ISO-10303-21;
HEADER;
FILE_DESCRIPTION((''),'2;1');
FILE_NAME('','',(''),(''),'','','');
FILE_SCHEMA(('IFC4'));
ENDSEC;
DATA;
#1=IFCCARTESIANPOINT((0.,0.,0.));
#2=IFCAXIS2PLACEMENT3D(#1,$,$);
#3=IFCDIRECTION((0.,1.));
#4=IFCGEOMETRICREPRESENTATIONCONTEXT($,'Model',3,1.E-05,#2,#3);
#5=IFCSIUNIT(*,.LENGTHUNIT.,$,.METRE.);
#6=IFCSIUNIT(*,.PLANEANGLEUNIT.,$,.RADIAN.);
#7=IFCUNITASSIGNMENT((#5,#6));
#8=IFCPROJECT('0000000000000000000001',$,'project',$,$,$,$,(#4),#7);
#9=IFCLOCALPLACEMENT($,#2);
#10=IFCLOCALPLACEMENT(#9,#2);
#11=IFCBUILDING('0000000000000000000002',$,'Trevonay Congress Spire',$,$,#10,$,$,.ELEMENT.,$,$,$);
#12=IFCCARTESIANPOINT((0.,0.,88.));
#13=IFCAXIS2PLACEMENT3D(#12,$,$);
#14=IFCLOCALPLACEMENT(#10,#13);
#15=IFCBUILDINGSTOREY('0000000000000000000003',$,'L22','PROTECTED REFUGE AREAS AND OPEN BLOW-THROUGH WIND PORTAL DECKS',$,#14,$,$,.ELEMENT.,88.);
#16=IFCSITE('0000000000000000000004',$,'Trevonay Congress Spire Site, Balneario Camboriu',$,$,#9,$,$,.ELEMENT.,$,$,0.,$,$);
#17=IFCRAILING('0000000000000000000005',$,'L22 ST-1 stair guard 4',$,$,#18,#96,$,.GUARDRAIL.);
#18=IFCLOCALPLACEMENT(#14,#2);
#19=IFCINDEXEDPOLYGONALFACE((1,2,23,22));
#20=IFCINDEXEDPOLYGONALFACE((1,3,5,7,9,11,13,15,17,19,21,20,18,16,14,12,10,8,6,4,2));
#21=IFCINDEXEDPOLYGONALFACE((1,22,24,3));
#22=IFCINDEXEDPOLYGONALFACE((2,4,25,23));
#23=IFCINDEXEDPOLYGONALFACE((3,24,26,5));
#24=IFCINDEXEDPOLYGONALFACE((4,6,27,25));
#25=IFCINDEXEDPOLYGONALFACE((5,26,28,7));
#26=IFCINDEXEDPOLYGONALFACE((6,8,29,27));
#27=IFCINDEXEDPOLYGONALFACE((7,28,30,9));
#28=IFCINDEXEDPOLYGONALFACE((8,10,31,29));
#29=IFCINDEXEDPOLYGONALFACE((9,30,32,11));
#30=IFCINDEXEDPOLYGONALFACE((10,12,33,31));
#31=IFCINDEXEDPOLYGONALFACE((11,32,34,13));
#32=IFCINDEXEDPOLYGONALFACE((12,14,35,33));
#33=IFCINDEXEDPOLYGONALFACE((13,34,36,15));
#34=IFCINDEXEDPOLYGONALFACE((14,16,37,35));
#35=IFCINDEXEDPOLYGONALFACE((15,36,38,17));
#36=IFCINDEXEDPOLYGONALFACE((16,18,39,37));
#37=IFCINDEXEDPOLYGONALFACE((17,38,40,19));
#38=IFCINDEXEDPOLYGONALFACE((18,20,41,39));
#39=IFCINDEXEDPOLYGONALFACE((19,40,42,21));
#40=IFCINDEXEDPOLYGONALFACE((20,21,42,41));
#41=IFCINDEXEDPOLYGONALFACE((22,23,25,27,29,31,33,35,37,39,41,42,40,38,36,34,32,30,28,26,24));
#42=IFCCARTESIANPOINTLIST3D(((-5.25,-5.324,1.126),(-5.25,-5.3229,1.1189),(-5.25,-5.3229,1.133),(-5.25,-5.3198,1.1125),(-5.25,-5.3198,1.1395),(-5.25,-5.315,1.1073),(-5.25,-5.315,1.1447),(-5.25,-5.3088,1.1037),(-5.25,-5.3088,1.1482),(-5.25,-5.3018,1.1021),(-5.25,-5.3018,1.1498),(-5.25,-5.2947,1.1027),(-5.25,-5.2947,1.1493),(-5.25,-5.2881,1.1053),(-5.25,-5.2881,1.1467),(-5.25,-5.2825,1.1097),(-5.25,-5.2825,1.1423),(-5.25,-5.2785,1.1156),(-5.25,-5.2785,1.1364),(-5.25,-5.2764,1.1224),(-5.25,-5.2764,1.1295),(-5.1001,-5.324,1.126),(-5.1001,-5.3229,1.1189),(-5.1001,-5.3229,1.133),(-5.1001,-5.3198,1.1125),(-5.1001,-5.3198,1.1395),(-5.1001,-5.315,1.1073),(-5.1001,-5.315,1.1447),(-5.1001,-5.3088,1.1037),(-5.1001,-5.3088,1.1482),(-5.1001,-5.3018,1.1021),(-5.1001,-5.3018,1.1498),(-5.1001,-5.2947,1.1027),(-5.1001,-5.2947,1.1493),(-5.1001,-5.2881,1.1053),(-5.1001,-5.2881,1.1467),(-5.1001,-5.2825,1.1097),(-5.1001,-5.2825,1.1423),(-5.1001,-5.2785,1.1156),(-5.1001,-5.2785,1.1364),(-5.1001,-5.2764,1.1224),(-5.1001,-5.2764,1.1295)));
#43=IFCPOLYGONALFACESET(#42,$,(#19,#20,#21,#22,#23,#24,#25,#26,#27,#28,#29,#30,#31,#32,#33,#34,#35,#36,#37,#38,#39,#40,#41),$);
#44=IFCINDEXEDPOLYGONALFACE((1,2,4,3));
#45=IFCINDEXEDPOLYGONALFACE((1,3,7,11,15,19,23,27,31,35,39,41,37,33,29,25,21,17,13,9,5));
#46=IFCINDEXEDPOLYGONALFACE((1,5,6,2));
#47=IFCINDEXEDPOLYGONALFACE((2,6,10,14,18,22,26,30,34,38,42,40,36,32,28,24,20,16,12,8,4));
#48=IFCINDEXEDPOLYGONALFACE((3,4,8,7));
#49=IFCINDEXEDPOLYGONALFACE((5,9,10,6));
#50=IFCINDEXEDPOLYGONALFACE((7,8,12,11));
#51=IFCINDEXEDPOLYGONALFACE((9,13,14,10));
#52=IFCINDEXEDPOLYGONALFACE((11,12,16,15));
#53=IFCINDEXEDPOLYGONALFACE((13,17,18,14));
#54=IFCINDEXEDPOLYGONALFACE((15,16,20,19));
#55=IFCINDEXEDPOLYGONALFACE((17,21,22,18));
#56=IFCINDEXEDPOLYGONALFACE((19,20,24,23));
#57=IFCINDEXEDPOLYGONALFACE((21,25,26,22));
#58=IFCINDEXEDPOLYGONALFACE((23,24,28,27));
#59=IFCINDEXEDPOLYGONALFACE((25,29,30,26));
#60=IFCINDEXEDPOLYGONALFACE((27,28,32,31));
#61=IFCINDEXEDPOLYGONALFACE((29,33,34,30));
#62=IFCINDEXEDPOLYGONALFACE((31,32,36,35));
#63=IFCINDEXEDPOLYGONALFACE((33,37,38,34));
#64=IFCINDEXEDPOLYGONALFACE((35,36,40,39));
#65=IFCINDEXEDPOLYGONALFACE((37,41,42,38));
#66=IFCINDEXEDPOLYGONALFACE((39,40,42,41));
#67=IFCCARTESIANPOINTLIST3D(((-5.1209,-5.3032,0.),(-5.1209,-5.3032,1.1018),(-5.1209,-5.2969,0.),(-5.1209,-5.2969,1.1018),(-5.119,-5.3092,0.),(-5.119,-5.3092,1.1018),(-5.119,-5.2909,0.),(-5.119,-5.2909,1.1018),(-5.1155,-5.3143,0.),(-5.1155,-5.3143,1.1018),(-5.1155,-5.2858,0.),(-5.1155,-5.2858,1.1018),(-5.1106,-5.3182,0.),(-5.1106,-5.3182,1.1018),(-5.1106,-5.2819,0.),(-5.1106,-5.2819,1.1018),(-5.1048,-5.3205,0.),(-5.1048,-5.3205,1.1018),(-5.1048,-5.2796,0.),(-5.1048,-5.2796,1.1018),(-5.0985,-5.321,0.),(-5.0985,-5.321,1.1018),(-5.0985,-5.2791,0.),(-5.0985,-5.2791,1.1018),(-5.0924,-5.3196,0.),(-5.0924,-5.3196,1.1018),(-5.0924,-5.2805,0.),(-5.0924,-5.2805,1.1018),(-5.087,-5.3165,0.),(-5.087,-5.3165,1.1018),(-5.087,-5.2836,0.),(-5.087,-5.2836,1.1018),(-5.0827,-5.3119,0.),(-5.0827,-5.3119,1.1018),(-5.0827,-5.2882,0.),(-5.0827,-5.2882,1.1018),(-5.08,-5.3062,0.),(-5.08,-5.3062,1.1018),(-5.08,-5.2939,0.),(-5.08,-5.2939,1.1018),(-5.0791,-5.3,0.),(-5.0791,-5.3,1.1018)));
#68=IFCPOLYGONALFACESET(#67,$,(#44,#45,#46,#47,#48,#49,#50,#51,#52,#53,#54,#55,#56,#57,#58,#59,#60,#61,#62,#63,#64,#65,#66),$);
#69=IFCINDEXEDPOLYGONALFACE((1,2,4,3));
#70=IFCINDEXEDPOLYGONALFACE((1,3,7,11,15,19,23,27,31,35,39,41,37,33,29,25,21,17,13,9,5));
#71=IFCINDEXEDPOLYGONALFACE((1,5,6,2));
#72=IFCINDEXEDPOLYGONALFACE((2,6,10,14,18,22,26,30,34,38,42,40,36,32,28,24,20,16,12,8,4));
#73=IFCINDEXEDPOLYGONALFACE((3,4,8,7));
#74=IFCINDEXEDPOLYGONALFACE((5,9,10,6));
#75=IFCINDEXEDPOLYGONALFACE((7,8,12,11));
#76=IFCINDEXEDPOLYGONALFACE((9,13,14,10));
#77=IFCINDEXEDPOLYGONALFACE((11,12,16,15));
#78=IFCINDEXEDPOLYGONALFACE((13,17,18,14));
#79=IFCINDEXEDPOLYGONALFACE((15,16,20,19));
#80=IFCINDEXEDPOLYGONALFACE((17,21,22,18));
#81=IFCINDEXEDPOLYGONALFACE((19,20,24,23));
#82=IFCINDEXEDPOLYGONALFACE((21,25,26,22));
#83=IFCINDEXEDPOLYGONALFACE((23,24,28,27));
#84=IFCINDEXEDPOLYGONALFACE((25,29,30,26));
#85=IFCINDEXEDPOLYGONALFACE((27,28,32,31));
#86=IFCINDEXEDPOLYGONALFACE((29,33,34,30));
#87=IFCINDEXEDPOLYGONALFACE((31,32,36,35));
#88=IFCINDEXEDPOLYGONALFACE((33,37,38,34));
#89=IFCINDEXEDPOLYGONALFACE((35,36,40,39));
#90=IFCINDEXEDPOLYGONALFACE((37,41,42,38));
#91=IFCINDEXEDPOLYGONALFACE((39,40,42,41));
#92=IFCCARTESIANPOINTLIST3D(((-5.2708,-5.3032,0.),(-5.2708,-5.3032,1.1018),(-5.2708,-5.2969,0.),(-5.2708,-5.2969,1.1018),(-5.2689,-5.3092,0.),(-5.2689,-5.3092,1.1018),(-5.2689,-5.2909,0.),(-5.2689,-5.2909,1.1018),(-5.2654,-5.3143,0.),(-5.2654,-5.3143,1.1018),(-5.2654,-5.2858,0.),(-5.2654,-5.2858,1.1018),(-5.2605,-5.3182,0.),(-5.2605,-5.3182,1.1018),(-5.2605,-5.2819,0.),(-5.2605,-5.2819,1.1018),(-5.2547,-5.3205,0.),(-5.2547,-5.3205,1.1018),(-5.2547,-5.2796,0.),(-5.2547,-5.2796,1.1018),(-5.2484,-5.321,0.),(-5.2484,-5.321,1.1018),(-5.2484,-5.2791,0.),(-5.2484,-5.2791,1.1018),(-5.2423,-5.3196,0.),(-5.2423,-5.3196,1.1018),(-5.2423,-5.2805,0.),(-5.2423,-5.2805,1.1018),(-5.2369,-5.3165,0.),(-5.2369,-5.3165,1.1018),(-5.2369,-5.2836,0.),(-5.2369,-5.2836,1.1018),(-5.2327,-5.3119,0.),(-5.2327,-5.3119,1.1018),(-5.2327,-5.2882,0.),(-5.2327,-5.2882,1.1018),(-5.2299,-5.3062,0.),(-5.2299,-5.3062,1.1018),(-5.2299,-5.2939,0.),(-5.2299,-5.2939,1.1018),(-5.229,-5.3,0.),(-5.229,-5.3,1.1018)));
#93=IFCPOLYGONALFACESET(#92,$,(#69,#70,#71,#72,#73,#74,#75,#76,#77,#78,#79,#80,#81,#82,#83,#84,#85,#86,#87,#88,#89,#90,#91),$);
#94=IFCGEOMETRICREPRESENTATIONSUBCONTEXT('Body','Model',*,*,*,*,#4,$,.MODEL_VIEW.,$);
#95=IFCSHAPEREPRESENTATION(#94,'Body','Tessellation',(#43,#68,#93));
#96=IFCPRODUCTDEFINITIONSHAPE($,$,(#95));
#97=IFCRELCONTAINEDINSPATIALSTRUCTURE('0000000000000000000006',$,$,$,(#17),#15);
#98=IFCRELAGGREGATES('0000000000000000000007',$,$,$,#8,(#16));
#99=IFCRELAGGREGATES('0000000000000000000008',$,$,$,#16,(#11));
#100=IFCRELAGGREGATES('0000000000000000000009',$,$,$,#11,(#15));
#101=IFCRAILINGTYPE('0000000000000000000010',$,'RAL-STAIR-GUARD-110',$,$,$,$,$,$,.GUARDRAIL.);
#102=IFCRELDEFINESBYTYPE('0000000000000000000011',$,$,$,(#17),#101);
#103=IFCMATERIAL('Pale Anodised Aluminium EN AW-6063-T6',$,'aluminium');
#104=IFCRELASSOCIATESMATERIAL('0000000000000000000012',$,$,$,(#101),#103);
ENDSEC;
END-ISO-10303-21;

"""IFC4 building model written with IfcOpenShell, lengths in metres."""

from ifc_helpers import new_model, si_unit, direction, frame, origin, origin_2d, place, context, subcontext, project, spatial, circle, extrude, material, type_object, element, save


model = new_model("IFC4")

# Units and contexts
model_context = context("Model", 3, precision=1e-05, world=origin(), true_north=direction((0.0, 1.0)))
body_context = subcontext(model_context, "Body", "Model", "MODEL_VIEW")
ifc_project = project(units=[si_unit("LENGTHUNIT", "METRE"), si_unit("PLANEANGLEUNIT", "RADIAN")], contexts=[model_context])

# Site, building, storey
site_placement = place(None, origin())
site = spatial("IfcSite", under=ifc_project, at=site_placement, Name="Trevonay Congress Spire Site, Balneario Camboriu", CompositionType="ELEMENT", RefElevation=0.0)
building_placement = place(site_placement, origin())
building = spatial("IfcBuilding", under=site, at=building_placement, Name="Trevonay Congress Spire", CompositionType="ELEMENT")
storey_placement = place(building_placement, frame((0.0, 0.0, 88.0)))
storey = spatial("IfcBuildingStorey", under=building, at=storey_placement, Name="L22", Description="PROTECTED REFUGE AREAS AND OPEN BLOW-THROUGH WIND PORTAL DECKS", CompositionType="ELEMENT", Elevation=88.0)

# Shared definitions
ifc_material_1 = material(Name="Pale Anodised Aluminium EN AW-6063-T6", Category="aluminium")

# Railing
railing_type_1 = type_object("IfcRailingType", Name="RAL-STAIR-GUARD-110", PredefinedType="GUARDRAIL", material=ifc_material_1)
railing_1_placement = place(storey_placement, frame((-5.1001, -5.3, 0.0)))
element("IfcRailing", 1, at=railing_1_placement, inside=storey, type_object=railing_type_1, Name="L22 ST-1 stair guard 4", PredefinedType="GUARDRAIL", context=body_context, shape_type="SweptSolid", body=[
    extrude(circle(Radius=0.0239, at=origin_2d()), frame((0.0, 0.0, 1.126), z_axis=(-1.0, 0.0, 0.0), x_axis=(0.0, -1.0, 0.0)), (0.0, 0.0, 1.0), 0.1499),
    extrude(circle(Radius=0.021, at=origin_2d()), origin(), (0.0, 0.0, 1.0), 1.1018),
    extrude(circle(Radius=0.021, at=origin_2d()), frame((-0.1499, 0.0, 0.0)), (0.0, 0.0, 1.0), 1.1018),
])

save(model, "model.ifc")
